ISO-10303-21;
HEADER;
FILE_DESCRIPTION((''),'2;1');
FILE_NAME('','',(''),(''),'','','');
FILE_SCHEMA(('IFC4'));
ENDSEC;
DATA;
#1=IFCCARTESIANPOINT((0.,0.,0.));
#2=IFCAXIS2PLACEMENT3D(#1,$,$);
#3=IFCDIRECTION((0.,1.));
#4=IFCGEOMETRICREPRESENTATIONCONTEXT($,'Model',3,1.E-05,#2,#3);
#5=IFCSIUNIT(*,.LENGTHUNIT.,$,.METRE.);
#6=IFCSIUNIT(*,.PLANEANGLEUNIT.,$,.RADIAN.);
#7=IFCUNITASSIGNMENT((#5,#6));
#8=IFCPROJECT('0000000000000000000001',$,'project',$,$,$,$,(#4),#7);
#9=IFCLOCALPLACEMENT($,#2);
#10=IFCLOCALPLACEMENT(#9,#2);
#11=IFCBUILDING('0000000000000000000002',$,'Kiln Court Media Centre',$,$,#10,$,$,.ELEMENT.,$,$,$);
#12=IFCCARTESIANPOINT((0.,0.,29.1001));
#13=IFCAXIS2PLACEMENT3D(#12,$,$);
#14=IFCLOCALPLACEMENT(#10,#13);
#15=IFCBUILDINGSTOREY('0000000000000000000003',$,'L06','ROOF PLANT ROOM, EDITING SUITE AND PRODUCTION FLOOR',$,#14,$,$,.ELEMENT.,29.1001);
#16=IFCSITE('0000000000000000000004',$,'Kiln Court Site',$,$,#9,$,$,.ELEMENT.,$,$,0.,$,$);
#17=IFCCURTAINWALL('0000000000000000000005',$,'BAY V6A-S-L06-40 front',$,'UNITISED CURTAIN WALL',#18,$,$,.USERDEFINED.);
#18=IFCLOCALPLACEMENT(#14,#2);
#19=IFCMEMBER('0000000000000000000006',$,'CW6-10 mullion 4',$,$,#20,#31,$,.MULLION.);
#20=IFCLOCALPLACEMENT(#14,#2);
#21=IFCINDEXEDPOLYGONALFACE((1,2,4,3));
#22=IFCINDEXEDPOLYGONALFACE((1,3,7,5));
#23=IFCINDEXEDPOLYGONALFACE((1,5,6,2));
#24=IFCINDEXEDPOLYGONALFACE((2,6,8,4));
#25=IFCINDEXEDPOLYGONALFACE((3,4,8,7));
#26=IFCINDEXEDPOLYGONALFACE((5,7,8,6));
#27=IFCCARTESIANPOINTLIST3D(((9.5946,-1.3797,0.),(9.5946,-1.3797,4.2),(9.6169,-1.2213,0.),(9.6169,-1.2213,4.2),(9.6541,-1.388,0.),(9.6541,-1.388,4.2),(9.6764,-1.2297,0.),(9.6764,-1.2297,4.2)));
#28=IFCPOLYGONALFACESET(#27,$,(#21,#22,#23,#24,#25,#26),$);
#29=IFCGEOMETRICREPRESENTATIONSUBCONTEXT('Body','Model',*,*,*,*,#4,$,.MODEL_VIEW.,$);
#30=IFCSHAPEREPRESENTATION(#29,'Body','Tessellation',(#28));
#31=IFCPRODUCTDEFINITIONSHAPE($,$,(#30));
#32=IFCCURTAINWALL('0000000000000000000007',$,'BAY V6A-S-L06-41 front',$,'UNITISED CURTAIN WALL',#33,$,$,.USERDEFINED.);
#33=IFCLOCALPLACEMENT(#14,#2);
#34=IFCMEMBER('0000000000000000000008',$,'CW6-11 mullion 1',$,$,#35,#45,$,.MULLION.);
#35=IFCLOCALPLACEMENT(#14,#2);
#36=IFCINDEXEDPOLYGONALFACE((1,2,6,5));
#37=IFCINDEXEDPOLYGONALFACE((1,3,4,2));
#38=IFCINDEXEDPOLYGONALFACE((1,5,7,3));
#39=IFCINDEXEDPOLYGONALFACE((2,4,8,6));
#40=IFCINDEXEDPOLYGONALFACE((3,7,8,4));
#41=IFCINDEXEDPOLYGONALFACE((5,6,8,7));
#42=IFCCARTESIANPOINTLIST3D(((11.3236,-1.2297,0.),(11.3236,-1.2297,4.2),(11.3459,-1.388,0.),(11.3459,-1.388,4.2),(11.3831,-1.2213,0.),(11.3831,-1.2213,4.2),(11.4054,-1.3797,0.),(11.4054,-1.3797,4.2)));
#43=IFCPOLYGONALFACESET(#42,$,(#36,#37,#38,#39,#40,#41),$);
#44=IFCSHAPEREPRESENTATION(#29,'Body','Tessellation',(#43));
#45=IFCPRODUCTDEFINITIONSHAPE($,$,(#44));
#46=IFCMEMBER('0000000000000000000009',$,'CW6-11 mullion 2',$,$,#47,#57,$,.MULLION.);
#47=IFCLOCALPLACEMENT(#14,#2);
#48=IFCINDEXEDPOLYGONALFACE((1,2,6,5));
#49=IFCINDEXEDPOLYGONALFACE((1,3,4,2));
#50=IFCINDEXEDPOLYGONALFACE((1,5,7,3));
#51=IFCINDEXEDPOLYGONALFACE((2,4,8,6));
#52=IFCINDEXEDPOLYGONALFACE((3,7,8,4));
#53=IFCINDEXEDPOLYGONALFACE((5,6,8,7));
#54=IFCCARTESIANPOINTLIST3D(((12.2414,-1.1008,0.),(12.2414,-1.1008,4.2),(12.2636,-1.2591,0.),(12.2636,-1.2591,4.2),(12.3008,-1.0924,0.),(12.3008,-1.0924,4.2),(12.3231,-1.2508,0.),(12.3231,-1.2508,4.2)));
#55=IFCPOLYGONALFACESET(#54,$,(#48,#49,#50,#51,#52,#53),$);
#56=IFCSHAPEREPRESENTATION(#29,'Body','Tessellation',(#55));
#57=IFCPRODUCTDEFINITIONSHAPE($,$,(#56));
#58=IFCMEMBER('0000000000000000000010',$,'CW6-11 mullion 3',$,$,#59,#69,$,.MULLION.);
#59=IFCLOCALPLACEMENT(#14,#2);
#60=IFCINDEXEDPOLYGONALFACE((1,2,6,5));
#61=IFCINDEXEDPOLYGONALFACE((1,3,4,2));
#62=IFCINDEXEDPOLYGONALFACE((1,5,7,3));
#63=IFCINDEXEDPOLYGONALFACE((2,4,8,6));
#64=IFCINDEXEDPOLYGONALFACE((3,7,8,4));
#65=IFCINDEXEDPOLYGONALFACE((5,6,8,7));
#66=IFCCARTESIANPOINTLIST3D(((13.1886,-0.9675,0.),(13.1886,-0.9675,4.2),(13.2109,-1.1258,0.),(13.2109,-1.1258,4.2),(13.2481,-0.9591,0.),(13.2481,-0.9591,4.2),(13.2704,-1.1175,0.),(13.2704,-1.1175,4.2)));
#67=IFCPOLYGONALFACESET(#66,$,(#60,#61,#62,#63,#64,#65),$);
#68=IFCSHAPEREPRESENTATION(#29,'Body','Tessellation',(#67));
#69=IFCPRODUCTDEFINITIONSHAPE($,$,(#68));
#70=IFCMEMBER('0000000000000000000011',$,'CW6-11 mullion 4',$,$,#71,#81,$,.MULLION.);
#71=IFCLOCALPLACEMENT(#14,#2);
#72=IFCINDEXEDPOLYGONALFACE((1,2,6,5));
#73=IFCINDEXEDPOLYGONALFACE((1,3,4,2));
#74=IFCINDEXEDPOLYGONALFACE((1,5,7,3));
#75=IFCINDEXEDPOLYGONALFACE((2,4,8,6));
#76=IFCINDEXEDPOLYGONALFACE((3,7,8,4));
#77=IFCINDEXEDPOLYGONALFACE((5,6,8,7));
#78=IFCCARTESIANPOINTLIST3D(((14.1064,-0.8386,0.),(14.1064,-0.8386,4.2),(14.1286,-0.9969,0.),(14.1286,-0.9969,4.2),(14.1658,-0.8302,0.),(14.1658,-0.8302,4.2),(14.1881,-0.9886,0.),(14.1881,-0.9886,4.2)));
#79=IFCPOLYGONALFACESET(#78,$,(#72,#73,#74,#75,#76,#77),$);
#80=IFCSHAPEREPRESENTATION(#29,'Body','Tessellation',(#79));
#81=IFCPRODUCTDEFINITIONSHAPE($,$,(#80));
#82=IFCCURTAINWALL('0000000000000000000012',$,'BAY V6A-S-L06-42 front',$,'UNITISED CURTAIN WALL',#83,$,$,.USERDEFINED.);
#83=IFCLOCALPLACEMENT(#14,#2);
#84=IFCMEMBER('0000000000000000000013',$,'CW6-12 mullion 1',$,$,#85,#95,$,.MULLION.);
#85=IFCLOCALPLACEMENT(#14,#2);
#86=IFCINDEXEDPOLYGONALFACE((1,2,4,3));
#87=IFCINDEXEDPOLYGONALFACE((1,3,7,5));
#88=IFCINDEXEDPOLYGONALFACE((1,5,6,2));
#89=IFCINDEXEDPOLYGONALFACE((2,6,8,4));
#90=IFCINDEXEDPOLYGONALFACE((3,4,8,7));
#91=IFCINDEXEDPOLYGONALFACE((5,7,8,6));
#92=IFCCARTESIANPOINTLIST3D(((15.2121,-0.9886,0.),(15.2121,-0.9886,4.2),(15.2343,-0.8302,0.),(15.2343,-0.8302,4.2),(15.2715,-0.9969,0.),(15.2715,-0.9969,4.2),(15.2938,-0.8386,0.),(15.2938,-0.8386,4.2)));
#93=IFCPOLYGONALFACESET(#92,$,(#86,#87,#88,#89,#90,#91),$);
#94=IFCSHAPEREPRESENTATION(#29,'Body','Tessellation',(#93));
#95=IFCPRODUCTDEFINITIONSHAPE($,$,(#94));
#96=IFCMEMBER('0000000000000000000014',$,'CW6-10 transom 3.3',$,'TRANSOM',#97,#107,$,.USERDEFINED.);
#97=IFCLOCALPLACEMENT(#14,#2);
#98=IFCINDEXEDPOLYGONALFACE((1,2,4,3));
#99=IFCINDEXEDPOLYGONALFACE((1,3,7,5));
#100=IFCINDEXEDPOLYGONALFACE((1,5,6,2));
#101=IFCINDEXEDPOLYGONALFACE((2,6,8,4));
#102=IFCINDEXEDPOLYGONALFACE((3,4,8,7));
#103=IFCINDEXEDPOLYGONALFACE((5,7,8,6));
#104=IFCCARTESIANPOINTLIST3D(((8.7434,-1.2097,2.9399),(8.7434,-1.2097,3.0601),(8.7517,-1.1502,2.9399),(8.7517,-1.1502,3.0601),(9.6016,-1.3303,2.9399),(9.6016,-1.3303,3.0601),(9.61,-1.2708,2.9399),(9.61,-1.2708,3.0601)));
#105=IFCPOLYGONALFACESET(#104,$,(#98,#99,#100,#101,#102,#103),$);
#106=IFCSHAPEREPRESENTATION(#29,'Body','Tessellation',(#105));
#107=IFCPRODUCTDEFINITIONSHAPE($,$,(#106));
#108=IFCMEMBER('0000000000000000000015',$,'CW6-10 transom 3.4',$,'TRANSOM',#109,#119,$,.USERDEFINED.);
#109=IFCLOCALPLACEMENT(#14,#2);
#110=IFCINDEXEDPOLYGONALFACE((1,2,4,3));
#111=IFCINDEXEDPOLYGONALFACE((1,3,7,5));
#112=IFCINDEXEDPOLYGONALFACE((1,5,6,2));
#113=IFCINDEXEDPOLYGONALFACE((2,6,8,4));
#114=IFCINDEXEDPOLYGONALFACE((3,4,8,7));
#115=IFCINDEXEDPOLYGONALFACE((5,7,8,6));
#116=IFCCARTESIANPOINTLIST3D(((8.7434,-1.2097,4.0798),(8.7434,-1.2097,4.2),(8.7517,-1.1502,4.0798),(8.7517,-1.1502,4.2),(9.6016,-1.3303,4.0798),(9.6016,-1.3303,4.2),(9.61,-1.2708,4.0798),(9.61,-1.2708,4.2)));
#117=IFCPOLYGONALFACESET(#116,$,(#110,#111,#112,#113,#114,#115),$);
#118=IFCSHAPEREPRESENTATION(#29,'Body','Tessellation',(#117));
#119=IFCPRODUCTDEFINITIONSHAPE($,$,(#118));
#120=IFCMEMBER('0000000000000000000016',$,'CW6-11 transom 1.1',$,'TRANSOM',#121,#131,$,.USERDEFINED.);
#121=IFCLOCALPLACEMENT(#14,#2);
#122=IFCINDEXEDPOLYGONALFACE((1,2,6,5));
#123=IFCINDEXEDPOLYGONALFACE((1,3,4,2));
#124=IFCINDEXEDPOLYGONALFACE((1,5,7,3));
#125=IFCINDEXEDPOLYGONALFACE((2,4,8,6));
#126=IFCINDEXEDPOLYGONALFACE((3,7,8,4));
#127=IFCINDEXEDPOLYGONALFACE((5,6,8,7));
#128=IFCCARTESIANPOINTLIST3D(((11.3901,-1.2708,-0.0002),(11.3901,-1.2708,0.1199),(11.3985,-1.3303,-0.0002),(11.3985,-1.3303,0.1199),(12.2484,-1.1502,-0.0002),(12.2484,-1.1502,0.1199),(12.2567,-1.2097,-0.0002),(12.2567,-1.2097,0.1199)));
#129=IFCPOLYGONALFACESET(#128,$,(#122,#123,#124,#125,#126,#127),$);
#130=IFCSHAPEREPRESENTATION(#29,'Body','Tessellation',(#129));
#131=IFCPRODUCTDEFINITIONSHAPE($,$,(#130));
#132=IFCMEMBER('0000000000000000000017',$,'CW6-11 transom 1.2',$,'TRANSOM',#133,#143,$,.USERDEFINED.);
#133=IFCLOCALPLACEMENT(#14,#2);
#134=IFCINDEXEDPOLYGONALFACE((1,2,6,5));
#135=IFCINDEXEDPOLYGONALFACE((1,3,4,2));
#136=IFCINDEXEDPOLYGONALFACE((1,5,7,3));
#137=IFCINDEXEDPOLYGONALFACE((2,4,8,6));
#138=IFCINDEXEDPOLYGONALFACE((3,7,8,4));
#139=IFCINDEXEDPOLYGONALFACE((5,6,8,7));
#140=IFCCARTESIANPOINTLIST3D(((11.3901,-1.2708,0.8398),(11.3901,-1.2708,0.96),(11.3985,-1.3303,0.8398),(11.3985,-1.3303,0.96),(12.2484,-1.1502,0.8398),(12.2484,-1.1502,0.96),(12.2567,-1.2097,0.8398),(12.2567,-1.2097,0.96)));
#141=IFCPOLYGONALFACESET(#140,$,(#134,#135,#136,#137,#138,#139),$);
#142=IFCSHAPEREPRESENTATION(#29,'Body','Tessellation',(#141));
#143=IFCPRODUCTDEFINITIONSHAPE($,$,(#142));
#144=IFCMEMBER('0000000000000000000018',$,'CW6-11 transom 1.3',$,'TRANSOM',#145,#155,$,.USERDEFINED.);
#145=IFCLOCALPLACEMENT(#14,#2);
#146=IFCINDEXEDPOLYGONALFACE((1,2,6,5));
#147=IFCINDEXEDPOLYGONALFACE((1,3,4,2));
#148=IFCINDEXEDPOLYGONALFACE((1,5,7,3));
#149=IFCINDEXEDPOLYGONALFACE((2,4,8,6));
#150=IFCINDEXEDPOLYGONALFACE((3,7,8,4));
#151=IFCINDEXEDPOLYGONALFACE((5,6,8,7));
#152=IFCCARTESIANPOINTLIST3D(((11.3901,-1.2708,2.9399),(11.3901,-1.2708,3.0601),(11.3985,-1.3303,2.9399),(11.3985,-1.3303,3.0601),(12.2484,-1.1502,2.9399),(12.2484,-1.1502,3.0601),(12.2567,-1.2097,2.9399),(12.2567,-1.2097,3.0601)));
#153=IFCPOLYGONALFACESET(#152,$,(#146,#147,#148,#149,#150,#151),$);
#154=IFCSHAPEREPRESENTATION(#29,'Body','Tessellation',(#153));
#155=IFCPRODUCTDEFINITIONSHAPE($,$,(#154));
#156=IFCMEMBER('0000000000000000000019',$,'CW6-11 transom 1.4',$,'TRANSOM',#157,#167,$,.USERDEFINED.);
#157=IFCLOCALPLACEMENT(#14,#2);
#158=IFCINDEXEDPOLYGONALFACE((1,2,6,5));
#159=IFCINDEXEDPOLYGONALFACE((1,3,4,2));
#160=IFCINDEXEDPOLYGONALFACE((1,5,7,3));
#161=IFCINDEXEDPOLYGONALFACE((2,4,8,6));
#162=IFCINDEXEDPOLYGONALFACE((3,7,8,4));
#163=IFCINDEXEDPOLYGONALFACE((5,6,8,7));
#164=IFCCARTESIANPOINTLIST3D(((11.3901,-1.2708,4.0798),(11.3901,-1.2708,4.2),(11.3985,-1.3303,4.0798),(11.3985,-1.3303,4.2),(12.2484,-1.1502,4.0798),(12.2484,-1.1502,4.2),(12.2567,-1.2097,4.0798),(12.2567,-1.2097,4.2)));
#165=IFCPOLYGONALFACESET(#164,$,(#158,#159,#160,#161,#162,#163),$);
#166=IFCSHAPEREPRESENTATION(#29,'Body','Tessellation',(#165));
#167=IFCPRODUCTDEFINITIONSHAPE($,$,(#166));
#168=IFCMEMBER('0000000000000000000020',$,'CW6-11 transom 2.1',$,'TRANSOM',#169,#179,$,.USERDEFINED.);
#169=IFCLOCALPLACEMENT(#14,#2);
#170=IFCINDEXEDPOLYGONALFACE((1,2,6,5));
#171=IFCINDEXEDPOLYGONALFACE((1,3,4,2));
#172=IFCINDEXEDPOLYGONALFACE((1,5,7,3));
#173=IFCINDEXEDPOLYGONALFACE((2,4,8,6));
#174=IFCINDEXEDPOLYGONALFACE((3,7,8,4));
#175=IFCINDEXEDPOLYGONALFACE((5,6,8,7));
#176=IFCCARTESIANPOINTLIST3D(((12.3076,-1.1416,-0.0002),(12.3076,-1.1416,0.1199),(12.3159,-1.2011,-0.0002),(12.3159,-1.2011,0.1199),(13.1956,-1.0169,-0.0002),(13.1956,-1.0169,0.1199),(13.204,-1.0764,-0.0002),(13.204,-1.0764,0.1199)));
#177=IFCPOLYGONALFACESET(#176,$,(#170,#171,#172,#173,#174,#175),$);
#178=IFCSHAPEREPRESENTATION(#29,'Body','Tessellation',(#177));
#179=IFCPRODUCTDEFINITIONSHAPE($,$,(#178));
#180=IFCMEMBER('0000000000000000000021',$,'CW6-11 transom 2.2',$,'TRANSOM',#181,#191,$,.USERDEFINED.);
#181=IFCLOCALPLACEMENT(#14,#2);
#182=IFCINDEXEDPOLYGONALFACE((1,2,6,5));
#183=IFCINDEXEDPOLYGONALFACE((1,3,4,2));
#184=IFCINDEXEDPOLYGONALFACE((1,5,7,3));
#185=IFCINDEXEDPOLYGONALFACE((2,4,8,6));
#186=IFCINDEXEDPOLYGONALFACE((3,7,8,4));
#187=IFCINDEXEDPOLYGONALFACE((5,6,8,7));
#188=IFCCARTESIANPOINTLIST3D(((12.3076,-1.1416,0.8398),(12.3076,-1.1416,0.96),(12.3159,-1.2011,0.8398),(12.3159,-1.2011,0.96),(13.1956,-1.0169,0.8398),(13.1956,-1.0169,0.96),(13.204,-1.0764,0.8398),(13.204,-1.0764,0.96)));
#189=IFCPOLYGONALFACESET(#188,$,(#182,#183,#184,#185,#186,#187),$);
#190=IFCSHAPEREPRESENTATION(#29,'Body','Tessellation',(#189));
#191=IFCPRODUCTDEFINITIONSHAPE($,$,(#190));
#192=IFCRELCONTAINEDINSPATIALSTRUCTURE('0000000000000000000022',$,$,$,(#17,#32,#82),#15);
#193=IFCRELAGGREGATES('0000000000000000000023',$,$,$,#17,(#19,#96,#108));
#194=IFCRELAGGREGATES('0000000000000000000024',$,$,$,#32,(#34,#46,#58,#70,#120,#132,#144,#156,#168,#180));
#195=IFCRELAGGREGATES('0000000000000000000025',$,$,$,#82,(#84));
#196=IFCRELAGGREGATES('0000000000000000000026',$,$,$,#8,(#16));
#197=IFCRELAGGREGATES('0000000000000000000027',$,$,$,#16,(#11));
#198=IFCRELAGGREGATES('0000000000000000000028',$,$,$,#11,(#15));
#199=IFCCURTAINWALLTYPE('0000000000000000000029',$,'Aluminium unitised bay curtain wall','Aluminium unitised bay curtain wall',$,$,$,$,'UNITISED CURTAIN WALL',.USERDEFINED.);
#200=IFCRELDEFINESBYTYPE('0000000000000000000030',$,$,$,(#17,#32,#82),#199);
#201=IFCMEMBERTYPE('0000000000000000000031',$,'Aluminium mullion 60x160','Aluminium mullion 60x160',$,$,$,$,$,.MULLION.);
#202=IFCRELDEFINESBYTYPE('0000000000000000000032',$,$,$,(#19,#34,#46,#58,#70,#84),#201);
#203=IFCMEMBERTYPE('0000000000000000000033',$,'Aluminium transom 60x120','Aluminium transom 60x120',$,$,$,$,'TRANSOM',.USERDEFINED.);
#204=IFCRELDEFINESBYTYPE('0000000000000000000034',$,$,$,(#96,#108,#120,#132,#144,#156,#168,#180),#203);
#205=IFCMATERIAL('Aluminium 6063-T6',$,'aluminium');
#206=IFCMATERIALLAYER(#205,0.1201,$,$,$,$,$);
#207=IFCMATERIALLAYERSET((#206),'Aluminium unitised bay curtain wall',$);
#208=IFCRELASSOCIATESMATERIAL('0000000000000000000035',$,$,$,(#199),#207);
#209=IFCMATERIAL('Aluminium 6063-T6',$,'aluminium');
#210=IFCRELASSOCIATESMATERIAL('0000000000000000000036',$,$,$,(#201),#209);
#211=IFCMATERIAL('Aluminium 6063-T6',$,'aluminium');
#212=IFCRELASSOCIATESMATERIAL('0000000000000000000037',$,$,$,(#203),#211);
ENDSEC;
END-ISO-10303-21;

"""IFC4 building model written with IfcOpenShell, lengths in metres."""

from ifc_helpers import new_model, si_unit, direction, frame, origin, origin_2d, place, context, subcontext, project, spatial, rectangle, extrude, material, layer, layer_set, material_profile, profile_set, type_object, element, aggregate, save


model = new_model("IFC4")

# Units and contexts
model_context = context("Model", 3, precision=1e-05, world=origin(), true_north=direction((0.0, 1.0)))
body_context = subcontext(model_context, "Body", "Model", "MODEL_VIEW")
ifc_project = project(units=[si_unit("LENGTHUNIT", "METRE"), si_unit("PLANEANGLEUNIT", "RADIAN")], contexts=[model_context])

# Site, building, storey
site_placement = place(None, origin())
site = spatial("IfcSite", under=ifc_project, at=site_placement, Name="Kiln Court Site", CompositionType="ELEMENT", RefElevation=0.0)
building_placement = place(site_placement, origin())
building = spatial("IfcBuilding", under=site, at=building_placement, Name="Kiln Court Media Centre", CompositionType="ELEMENT")
storey_placement = place(building_placement, frame((0.0, 0.0, 29.1001)))
storey = spatial("IfcBuildingStorey", under=building, at=storey_placement, Name="L06", Description="ROOF PLANT ROOM, EDITING SUITE AND PRODUCTION FLOOR", CompositionType="ELEMENT", Elevation=29.1001)

# Curtain wall, member
ifc_material_1 = material(Name="Aluminium 6063-T6", Category="aluminium")
ifc_layer_1 = layer(ifc_material_1, 0.1201)
ifc_layer_set_1 = layer_set([ifc_layer_1], Name="Aluminium unitised bay curtain wall")
curtain_wall_type = type_object("IfcCurtainWallType", Name="Aluminium unitised bay curtain wall", Description="Aluminium unitised bay curtain wall", ElementType="UNITISED CURTAIN WALL", PredefinedType="USERDEFINED", material=ifc_layer_set_1)
curtain_wall_1_placement = place(storey_placement, origin())
curtain_wall_1 = element("IfcCurtainWall", 1, at=curtain_wall_1_placement, inside=storey, type_object=curtain_wall_type, Name="BAY V6A-S-L06-40 front", ObjectType="UNITISED CURTAIN WALL", PredefinedType="USERDEFINED")
ifc_material_2 = material(Name="Aluminium 6063-T6", Category="aluminium")
ifc_material_profile_1 = material_profile(ifc_material_2, rectangle(XDim=0.0601, YDim=0.1599, at=origin_2d()), Name="Aluminium mullion 60x160")
ifc_profile_set_1 = profile_set([ifc_material_profile_1], Name="Aluminium 6063-T6")
member_type_1 = type_object("IfcMemberType", Name="Aluminium mullion 60x160", Description="Aluminium mullion 60x160", PredefinedType="MULLION", material=ifc_profile_set_1)
member_1_placement = place(storey_placement, frame((9.6355, -1.3047, 0.0), z_axis=(0.0, 0.0, 1.0), x_axis=(0.99027, -0.139162, 0.0)))
member_1 = element("IfcMember", 2, at=member_1_placement, type_object=member_type_1, Name="CW6-10 mullion 4", PredefinedType="MULLION", context=body_context, shape_type="SweptSolid", body=[
    extrude(rectangle(XDim=0.0601, YDim=0.1599, at=origin_2d()), origin(), (0.0, 0.0, 1.0), 4.2),
])

# Curtain wall, members
curtain_wall_2_placement = place(storey_placement, origin())
curtain_wall_2 = element("IfcCurtainWall", 3, at=curtain_wall_2_placement, inside=storey, type_object=curtain_wall_type, Name="BAY V6A-S-L06-41 front", ObjectType="UNITISED CURTAIN WALL", PredefinedType="USERDEFINED")
member_2_placement = place(storey_placement, frame((11.3645, -1.3047, 0.0), z_axis=(0.0, 0.0, 1.0), x_axis=(0.99027, 0.139162, 0.0)))
member_2 = element("IfcMember", 4, at=member_2_placement, type_object=member_type_1, Name="CW6-11 mullion 1", PredefinedType="MULLION", context=body_context, shape_type="SweptSolid", body=[
    extrude(rectangle(XDim=0.0601, YDim=0.1599, at=origin_2d()), origin(), (0.0, 0.0, 1.0), 4.2),
])
member_3_placement = place(storey_placement, frame((12.2822, -1.1758, 0.0), z_axis=(0.0, 0.0, 1.0), x_axis=(0.99027, 0.139162, 0.0)))
member_3 = element("IfcMember", 5, at=member_3_placement, type_object=member_type_1, Name="CW6-11 mullion 2", PredefinedType="MULLION", context=body_context, shape_type="SweptSolid", body=[
    extrude(rectangle(XDim=0.0601, YDim=0.1599, at=origin_2d()), origin(), (0.0, 0.0, 1.0), 4.2),
])
member_4_placement = place(storey_placement, frame((13.2295, -1.0425, 0.0), z_axis=(0.0, 0.0, 1.0), x_axis=(0.99027, 0.139162, 0.0)))
member_4 = element("IfcMember", 6, at=member_4_placement, type_object=member_type_1, Name="CW6-11 mullion 3", PredefinedType="MULLION", context=body_context, shape_type="SweptSolid", body=[
    extrude(rectangle(XDim=0.0601, YDim=0.1599, at=origin_2d()), origin(), (0.0, 0.0, 1.0), 4.2),
])
member_5_placement = place(storey_placement, frame((14.1472, -0.9136, 0.0), z_axis=(0.0, 0.0, 1.0), x_axis=(0.99027, 0.139162, 0.0)))
member_5 = element("IfcMember", 7, at=member_5_placement, type_object=member_type_1, Name="CW6-11 mullion 4", PredefinedType="MULLION", context=body_context, shape_type="SweptSolid", body=[
    extrude(rectangle(XDim=0.0601, YDim=0.1599, at=origin_2d()), origin(), (0.0, 0.0, 1.0), 4.2),
])

# Curtain wall, member
curtain_wall_3_placement = place(storey_placement, origin())
curtain_wall_3 = element("IfcCurtainWall", 8, at=curtain_wall_3_placement, inside=storey, type_object=curtain_wall_type, Name="BAY V6A-S-L06-42 front", ObjectType="UNITISED CURTAIN WALL", PredefinedType="USERDEFINED")
member_6_placement = place(storey_placement, frame((15.2529, -0.9136, 0.0), z_axis=(0.0, 0.0, 1.0), x_axis=(0.99027, -0.139162, 0.0)))
member_6 = element("IfcMember", 9, at=member_6_placement, type_object=member_type_1, Name="CW6-12 mullion 1", PredefinedType="MULLION", context=body_context, shape_type="SweptSolid", body=[
    extrude(rectangle(XDim=0.0601, YDim=0.1599, at=origin_2d()), origin(), (0.0, 0.0, 1.0), 4.2),
])

# Members
ifc_material_3 = material(Name="Aluminium 6063-T6", Category="aluminium")
ifc_material_profile_2 = material_profile(ifc_material_3, rectangle(XDim=0.0601, YDim=0.1201, at=origin_2d()), Name="Aluminium transom 60x120")
ifc_profile_set_2 = profile_set([ifc_material_profile_2], Name="Aluminium 6063-T6")
member_type_2 = type_object("IfcMemberType", Name="Aluminium transom 60x120", Description="Aluminium transom 60x120", ElementType="TRANSOM", PredefinedType="USERDEFINED", material=ifc_profile_set_2)
member_7_placement = place(storey_placement, frame((8.7476, -1.1799, 3.0), z_axis=(0.990268, -0.139173, 0.0), x_axis=(0.139173, 0.990268, 0.0)))
member_7 = element("IfcMember", 10, at=member_7_placement, type_object=member_type_2, Name="CW6-10 transom 3.3", ObjectType="TRANSOM", PredefinedType="USERDEFINED", context=body_context, shape_type="SweptSolid", body=[
    extrude(rectangle(XDim=0.0601, YDim=0.1201, at=origin_2d()), origin(), (0.0, 0.0, 1.0), 0.8667),
])
member_8_placement = place(storey_placement, frame((8.7476, -1.1799, 4.1399), z_axis=(0.990268, -0.139173, 0.0), x_axis=(0.139173, 0.990268, 0.0)))
member_8 = element("IfcMember", 11, at=member_8_placement, type_object=member_type_2, Name="CW6-10 transom 3.4", ObjectType="TRANSOM", PredefinedType="USERDEFINED", context=body_context, shape_type="SweptSolid", body=[
    extrude(rectangle(XDim=0.0601, YDim=0.1201, at=origin_2d()), origin(), (0.0, 0.0, 1.0), 0.8667),
])
member_9_placement = place(storey_placement, frame((11.3943, -1.3005, 0.0598), z_axis=(0.990268, 0.139173, 0.0), x_axis=(-0.139173, 0.990268, 0.0)))
member_9 = element("IfcMember", 12, at=member_9_placement, type_object=member_type_2, Name="CW6-11 transom 1.1", ObjectType="TRANSOM", PredefinedType="USERDEFINED", context=body_context, shape_type="SweptSolid", body=[
    extrude(rectangle(XDim=0.0601, YDim=0.1201, at=origin_2d()), origin(), (0.0, 0.0, 1.0), 0.8667),
])
member_10_placement = place(storey_placement, frame((11.3943, -1.3005, 0.8999), z_axis=(0.990268, 0.139173, 0.0), x_axis=(-0.139173, 0.990268, 0.0)))
member_10 = element("IfcMember", 13, at=member_10_placement, type_object=member_type_2, Name="CW6-11 transom 1.2", ObjectType="TRANSOM", PredefinedType="USERDEFINED", context=body_context, shape_type="SweptSolid", body=[
    extrude(rectangle(XDim=0.0601, YDim=0.1201, at=origin_2d()), origin(), (0.0, 0.0, 1.0), 0.8667),
])
member_11_placement = place(storey_placement, frame((11.3943, -1.3005, 3.0), z_axis=(0.990268, 0.139173, 0.0), x_axis=(-0.139173, 0.990268, 0.0)))
member_11 = element("IfcMember", 14, at=member_11_placement, type_object=member_type_2, Name="CW6-11 transom 1.3", ObjectType="TRANSOM", PredefinedType="USERDEFINED", context=body_context, shape_type="SweptSolid", body=[
    extrude(rectangle(XDim=0.0601, YDim=0.1201, at=origin_2d()), origin(), (0.0, 0.0, 1.0), 0.8667),
])
member_12_placement = place(storey_placement, frame((11.3943, -1.3005, 4.1399), z_axis=(0.990268, 0.139173, 0.0), x_axis=(-0.139173, 0.990268, 0.0)))
member_12 = element("IfcMember", 15, at=member_12_placement, type_object=member_type_2, Name="CW6-11 transom 1.4", ObjectType="TRANSOM", PredefinedType="USERDEFINED", context=body_context, shape_type="SweptSolid", body=[
    extrude(rectangle(XDim=0.0601, YDim=0.1201, at=origin_2d()), origin(), (0.0, 0.0, 1.0), 0.8667),
])
member_13_placement = place(storey_placement, frame((12.3118, -1.1714, 0.0598), z_axis=(0.990274, 0.139134, 0.0), x_axis=(-0.139134, 0.990274, 0.0)))
member_13 = element("IfcMember", 16, at=member_13_placement, type_object=member_type_2, Name="CW6-11 transom 2.1", ObjectType="TRANSOM", PredefinedType="USERDEFINED", context=body_context, shape_type="SweptSolid", body=[
    extrude(rectangle(XDim=0.0601, YDim=0.1201, at=origin_2d()), origin(), (0.0, 0.0, 1.0), 0.8967),
])
member_14_placement = place(storey_placement, frame((12.3118, -1.1714, 0.8999), z_axis=(0.990274, 0.139134, 0.0), x_axis=(-0.139134, 0.990274, 0.0)))
member_14 = element("IfcMember", 17, at=member_14_placement, type_object=member_type_2, Name="CW6-11 transom 2.2", ObjectType="TRANSOM", PredefinedType="USERDEFINED", context=body_context, shape_type="SweptSolid", body=[
    extrude(rectangle(XDim=0.0601, YDim=0.1201, at=origin_2d()), origin(), (0.0, 0.0, 1.0), 0.8967),
])

aggregate(curtain_wall_1, [member_1, member_7, member_8])
aggregate(curtain_wall_2, [member_2, member_3, member_4, member_5, member_9, member_10, member_11, member_12, member_13, member_14])
aggregate(curtain_wall_3, [member_6])

save(model, "model.ifc")
